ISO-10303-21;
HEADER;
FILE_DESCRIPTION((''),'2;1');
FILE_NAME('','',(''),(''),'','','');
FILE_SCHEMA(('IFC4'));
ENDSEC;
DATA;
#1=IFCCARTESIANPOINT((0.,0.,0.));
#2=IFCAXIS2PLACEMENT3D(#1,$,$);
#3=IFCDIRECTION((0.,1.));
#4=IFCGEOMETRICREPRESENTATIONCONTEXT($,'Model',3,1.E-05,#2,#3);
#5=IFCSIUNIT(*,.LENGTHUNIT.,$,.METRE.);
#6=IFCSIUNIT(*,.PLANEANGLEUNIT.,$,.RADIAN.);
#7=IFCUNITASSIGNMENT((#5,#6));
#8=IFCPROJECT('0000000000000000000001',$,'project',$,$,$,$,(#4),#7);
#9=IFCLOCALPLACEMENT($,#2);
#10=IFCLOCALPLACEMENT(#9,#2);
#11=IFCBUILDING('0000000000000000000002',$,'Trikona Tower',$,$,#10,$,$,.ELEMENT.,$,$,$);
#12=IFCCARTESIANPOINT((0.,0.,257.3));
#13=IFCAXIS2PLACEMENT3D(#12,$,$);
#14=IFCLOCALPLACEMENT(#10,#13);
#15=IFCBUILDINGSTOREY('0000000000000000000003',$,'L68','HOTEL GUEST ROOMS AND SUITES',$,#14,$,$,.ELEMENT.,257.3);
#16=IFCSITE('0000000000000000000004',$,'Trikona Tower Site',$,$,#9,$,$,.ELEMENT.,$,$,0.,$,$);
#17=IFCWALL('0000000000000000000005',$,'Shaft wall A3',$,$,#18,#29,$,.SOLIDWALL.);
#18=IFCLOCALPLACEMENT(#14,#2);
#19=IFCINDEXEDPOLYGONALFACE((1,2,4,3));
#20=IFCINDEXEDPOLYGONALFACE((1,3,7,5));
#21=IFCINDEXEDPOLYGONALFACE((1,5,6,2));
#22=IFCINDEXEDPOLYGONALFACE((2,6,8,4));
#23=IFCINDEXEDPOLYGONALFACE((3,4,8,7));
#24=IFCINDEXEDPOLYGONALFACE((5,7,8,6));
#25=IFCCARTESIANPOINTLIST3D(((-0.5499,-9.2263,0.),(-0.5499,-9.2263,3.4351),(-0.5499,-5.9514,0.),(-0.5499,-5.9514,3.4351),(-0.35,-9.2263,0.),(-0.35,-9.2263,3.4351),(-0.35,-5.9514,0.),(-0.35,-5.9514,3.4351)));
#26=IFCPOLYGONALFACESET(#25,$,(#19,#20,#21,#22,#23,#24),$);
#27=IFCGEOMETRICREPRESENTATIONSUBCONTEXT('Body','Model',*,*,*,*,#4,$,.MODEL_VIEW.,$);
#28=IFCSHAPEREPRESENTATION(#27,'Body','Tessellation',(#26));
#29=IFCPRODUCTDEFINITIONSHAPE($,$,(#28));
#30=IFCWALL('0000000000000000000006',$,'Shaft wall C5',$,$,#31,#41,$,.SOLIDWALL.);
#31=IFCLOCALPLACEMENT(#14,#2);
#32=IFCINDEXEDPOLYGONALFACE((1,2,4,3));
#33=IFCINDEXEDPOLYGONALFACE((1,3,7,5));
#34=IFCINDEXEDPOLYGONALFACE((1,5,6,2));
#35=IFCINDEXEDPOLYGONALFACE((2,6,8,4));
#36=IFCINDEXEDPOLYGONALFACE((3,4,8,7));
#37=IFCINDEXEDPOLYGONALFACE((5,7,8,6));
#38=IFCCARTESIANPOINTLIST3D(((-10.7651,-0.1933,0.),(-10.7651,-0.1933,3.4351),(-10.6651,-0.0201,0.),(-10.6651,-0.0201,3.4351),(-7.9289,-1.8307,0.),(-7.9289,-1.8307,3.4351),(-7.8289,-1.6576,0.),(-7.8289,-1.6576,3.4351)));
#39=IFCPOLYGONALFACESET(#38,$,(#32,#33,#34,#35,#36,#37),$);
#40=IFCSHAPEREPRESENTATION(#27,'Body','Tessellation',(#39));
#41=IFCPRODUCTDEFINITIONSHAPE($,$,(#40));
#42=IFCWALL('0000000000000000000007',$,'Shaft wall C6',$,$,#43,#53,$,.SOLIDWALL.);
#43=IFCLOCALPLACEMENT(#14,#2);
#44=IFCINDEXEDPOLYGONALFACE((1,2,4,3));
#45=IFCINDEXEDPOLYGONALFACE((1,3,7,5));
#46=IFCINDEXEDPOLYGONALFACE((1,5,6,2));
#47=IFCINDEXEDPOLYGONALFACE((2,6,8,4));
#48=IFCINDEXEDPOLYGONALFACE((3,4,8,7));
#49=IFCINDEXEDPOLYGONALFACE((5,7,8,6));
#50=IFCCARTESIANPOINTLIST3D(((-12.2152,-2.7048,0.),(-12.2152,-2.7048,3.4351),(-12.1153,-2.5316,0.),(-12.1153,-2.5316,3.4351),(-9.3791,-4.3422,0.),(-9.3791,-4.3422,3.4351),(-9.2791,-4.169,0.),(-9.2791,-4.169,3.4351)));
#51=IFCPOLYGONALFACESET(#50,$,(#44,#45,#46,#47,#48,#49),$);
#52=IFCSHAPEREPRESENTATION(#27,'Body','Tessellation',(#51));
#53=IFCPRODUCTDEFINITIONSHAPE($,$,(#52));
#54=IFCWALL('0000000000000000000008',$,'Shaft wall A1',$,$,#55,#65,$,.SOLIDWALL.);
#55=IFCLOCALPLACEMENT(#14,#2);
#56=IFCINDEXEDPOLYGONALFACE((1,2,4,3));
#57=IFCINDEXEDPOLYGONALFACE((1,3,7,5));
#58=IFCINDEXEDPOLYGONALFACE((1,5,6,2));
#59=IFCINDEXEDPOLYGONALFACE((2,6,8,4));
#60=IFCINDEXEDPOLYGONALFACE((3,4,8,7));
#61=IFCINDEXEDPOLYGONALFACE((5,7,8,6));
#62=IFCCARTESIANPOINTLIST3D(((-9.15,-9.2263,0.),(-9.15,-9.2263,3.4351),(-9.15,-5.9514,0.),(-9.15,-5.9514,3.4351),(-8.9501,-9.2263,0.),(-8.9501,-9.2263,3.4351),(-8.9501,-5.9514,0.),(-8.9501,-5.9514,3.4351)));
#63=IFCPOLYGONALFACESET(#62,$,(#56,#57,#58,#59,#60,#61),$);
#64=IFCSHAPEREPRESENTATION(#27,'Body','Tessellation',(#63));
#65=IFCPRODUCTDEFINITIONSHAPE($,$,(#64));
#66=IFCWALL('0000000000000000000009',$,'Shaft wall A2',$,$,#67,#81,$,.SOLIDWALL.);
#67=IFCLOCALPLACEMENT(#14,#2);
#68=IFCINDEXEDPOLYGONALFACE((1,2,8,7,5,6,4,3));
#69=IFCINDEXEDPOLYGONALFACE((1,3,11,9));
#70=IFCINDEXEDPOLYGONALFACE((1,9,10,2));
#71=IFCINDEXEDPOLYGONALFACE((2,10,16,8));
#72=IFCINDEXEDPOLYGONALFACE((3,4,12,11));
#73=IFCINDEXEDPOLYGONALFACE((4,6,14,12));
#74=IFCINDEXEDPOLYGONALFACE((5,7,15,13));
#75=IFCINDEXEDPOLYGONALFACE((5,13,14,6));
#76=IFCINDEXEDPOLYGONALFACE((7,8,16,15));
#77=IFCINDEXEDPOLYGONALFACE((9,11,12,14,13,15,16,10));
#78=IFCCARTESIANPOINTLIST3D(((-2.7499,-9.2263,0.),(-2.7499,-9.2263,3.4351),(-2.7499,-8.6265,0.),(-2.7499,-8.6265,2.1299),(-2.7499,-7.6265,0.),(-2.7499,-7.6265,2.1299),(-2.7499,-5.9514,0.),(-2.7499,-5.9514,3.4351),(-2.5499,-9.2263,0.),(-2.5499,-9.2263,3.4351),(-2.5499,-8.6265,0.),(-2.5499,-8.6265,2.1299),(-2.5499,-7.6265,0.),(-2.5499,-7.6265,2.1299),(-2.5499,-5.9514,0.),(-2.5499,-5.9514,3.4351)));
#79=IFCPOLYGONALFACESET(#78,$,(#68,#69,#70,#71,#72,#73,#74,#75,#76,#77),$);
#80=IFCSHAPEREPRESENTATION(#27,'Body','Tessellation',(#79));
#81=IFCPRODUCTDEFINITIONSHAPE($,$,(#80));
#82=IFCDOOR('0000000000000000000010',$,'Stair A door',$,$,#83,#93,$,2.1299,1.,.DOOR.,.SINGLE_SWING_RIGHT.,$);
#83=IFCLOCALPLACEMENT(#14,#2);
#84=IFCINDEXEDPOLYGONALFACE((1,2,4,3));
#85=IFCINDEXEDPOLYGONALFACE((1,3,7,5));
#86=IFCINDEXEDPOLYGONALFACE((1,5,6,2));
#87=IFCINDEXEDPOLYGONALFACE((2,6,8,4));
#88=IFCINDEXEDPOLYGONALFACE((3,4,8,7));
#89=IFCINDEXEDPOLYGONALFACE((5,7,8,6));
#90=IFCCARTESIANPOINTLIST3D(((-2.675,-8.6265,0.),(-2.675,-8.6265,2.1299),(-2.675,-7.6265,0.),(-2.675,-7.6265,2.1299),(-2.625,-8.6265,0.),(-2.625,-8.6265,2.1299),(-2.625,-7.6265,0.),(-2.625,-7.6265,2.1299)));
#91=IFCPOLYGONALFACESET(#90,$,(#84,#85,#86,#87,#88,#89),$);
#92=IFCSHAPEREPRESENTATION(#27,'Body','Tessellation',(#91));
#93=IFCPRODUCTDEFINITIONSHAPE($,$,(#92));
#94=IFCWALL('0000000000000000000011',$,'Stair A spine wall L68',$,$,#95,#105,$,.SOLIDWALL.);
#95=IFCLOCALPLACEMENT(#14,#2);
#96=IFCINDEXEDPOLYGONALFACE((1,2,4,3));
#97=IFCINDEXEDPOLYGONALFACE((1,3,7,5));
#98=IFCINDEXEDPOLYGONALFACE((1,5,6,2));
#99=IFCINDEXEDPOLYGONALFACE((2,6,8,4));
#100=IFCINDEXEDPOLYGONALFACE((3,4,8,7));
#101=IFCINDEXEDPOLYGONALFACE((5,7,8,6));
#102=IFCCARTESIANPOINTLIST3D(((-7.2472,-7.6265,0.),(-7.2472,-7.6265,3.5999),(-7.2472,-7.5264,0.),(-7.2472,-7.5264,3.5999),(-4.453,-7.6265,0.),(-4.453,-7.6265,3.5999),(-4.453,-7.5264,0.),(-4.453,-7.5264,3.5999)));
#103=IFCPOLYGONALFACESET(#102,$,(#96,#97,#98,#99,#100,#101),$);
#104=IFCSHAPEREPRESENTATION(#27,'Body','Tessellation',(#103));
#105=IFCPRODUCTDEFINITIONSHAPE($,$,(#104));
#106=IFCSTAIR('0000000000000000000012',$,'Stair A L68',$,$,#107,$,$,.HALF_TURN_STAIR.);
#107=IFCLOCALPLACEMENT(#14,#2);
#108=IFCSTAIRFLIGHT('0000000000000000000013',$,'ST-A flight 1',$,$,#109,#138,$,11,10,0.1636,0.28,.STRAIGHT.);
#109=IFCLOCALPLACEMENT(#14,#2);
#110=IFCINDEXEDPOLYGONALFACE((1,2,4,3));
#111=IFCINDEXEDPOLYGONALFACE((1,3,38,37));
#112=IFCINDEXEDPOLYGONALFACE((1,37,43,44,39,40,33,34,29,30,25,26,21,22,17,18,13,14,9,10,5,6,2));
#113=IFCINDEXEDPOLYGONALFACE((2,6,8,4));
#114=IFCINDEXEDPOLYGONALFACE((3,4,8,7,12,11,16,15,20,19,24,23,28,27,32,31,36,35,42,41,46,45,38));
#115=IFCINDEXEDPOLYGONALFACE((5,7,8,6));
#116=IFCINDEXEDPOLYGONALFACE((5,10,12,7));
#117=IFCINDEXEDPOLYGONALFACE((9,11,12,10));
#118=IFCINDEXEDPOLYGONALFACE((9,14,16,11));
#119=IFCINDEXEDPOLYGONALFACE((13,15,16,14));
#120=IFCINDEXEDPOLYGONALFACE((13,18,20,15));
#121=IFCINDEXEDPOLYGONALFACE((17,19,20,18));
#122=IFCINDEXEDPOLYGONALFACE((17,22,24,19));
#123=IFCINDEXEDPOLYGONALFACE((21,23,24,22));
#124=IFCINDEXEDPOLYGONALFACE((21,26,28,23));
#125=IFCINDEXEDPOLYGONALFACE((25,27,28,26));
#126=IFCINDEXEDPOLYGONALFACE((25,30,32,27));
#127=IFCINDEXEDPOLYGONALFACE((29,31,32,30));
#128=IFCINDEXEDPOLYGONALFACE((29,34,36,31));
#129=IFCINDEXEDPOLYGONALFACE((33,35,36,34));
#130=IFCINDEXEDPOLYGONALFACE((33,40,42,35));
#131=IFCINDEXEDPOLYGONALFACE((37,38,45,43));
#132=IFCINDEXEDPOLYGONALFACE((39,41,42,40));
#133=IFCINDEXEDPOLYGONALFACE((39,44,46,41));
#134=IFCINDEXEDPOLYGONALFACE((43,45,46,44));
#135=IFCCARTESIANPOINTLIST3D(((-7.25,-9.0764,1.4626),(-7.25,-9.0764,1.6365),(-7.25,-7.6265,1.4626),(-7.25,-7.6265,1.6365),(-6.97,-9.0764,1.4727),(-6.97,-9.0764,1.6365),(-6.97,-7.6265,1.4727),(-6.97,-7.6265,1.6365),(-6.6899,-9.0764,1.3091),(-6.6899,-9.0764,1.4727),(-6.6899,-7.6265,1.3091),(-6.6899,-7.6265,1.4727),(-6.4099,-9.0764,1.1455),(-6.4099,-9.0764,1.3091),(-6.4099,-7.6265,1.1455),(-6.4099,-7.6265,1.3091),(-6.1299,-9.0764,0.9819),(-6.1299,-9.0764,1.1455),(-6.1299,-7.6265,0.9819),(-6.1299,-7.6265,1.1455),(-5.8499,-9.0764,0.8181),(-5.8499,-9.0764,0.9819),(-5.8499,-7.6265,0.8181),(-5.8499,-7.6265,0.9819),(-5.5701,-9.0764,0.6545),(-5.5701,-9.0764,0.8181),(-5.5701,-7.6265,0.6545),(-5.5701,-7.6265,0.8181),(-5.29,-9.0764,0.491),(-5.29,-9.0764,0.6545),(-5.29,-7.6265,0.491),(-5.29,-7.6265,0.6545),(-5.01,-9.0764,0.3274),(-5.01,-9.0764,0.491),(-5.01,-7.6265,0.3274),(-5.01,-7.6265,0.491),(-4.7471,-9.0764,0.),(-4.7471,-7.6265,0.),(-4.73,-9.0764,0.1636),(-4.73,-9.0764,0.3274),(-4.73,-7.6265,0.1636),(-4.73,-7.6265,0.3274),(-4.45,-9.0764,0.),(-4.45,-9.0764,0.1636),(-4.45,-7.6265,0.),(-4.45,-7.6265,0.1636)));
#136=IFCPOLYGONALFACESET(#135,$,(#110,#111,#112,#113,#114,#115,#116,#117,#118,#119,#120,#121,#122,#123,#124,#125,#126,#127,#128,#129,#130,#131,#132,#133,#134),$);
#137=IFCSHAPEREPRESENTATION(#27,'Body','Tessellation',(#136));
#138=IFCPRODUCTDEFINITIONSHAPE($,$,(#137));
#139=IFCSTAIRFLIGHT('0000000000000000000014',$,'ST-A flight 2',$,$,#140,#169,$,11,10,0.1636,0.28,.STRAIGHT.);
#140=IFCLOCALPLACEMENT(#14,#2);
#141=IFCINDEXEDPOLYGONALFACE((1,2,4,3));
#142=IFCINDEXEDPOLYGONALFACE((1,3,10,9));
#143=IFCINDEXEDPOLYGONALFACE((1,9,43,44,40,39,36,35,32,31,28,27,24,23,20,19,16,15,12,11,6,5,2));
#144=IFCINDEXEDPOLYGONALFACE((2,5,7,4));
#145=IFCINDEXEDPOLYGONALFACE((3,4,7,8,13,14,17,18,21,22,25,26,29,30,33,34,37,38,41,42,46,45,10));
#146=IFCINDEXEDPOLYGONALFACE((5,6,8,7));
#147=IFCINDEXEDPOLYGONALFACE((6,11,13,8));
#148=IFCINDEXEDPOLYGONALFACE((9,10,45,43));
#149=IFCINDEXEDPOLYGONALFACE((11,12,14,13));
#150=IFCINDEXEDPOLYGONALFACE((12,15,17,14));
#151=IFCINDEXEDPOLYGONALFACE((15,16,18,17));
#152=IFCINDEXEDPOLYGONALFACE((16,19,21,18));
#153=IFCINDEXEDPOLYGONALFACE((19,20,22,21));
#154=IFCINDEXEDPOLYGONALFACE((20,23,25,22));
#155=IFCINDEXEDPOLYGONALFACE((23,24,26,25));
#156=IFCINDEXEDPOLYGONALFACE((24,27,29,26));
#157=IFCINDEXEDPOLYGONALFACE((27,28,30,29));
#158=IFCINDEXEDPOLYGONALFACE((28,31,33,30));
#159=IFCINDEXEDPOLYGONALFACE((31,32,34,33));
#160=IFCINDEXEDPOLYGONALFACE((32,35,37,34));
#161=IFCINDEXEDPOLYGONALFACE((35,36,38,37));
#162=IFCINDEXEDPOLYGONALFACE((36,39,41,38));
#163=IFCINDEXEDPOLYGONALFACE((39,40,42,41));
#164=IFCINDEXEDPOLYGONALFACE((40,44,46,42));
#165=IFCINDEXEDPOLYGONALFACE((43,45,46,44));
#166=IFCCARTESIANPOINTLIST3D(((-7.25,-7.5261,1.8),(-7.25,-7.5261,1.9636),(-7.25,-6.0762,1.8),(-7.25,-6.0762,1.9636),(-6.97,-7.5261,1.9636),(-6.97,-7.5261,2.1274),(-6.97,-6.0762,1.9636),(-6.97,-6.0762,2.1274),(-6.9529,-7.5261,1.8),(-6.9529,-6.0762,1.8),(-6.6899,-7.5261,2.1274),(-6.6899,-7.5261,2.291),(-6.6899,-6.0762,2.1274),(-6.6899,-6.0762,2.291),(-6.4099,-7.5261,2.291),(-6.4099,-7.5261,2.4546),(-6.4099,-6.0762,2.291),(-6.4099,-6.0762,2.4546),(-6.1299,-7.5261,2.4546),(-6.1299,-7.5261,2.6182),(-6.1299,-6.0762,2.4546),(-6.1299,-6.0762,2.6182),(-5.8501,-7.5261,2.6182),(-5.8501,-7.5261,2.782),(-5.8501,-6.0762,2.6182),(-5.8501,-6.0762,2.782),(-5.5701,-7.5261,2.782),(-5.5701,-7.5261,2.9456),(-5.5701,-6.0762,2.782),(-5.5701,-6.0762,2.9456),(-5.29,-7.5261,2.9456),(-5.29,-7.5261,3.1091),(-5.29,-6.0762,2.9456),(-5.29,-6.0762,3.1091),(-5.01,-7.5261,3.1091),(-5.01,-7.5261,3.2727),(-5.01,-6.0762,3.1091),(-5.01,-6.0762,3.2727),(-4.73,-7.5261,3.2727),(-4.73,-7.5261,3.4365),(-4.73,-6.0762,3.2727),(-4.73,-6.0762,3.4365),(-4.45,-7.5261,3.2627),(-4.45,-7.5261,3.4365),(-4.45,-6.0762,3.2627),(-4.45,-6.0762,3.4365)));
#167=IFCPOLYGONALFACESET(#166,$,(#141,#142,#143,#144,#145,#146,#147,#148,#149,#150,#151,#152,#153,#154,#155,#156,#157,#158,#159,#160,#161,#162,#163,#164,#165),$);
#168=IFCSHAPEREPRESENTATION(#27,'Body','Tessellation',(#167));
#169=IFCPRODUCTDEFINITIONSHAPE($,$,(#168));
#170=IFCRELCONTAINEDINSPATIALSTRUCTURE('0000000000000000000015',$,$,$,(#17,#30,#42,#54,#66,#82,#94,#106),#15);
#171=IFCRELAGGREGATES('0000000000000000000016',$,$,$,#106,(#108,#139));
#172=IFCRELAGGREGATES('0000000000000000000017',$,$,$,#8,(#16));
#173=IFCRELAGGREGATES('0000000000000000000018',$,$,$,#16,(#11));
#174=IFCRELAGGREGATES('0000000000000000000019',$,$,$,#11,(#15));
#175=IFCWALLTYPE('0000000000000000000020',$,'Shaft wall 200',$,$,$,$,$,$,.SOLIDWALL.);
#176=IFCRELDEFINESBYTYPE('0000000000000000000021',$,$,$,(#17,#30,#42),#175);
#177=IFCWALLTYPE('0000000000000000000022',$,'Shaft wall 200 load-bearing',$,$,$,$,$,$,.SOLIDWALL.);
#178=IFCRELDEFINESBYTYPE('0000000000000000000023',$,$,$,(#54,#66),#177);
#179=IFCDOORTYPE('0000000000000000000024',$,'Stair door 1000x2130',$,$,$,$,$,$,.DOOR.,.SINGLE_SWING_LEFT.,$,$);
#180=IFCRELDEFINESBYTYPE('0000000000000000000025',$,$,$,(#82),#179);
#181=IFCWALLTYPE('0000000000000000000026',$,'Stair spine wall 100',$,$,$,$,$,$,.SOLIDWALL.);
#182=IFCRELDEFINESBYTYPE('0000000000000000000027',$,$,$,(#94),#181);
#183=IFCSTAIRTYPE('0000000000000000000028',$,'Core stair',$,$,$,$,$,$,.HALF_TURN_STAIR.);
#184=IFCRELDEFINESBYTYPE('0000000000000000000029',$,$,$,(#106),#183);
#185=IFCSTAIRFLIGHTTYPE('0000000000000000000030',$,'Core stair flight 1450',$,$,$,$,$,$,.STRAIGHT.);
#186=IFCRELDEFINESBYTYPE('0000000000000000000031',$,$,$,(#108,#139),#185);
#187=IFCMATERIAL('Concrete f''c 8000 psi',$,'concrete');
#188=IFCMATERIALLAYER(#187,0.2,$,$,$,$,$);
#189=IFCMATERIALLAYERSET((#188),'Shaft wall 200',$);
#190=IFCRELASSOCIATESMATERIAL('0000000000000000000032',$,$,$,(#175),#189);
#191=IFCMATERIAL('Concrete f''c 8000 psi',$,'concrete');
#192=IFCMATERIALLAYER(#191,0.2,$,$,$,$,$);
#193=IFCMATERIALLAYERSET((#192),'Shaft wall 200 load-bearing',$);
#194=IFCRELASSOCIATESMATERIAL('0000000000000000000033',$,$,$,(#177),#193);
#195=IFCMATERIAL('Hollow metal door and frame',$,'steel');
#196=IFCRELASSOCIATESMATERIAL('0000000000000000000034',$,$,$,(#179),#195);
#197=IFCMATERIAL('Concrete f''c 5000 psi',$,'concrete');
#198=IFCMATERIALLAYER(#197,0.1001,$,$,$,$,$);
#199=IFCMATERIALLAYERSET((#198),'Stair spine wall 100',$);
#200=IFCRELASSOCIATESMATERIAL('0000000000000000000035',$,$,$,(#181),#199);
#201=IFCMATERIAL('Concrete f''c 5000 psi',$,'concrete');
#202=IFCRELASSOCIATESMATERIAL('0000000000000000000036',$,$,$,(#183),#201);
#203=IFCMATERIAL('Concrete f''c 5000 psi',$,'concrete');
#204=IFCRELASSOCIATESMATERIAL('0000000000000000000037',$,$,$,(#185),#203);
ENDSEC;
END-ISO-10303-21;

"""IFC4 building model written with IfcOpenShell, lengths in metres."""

from ifc_helpers import new_model, si_unit, direction, frame, frame_2d, origin, place, context, subcontext, project, spatial, polyline, rectangle, outline, extrude, material, layer, layer_set, type_object, element, fill, aggregate, save


model = new_model("IFC4")

# Units and contexts
model_context = context("Model", 3, precision=1e-05, world=origin(), true_north=direction((0.0, 1.0)))
body_context = subcontext(model_context, "Body", "Model", "MODEL_VIEW")
ifc_project = project(units=[si_unit("LENGTHUNIT", "METRE"), si_unit("PLANEANGLEUNIT", "RADIAN")], contexts=[model_context])

# Site, building, storey
site_placement = place(None, origin())
site = spatial("IfcSite", under=ifc_project, at=site_placement, Name="Trikona Tower Site", CompositionType="ELEMENT", RefElevation=0.0)
building_placement = place(site_placement, origin())
building = spatial("IfcBuilding", under=site, at=building_placement, Name="Trikona Tower", CompositionType="ELEMENT")
storey_placement = place(building_placement, frame((0.0, 0.0, 257.3)))
storey = spatial("IfcBuildingStorey", under=building, at=storey_placement, Name="L68", Description="HOTEL GUEST ROOMS AND SUITES", CompositionType="ELEMENT", Elevation=257.3)

# Walls
ifc_material_1 = material(Name="Concrete f'c 8000 psi", Category="concrete")
ifc_layer_1 = layer(ifc_material_1, 0.2)
ifc_layer_set_1 = layer_set([ifc_layer_1], Name="Shaft wall 200")
wall_type_1 = type_object("IfcWallType", Name="Shaft wall 200", PredefinedType="SOLIDWALL", material=ifc_layer_set_1)
for number, where, z_axis, x_axis, name in (
    (1, (-0.45, -5.9514, 0.0), (0.0, 0.0, 1.0), (0.0, -1.0, 0.0), "Shaft wall A3"),
    (2, (-7.8789, -1.7441, 0.0), (0.0, 0.0, 1.0), (-0.866028, 0.499996, 0.0), "Shaft wall C5"),
    (3, (-9.3291, -4.2556, 0.0), (0.0, 0.0, 1.0), (-0.866028, 0.499996, 0.0), "Shaft wall C6"),
):
    element("IfcWall", number, at=place(storey_placement, frame(where, z_axis=z_axis, x_axis=x_axis)), inside=storey, type_object=wall_type_1, Name=name, PredefinedType="SOLIDWALL", context=body_context, shape_type="SweptSolid", body=[
        extrude(rectangle(XDim=3.2749, YDim=0.2, at=frame_2d((1.6375, 0.0))), origin(), (0.0, 0.0, 1.0), 3.4351),
    ])
ifc_material_2 = material(Name="Concrete f'c 8000 psi", Category="concrete")
ifc_layer_2 = layer(ifc_material_2, 0.2)
ifc_layer_set_2 = layer_set([ifc_layer_2], Name="Shaft wall 200 load-bearing")
wall_type_2 = type_object("IfcWallType", Name="Shaft wall 200 load-bearing", PredefinedType="SOLIDWALL", material=ifc_layer_set_2)
wall_1_placement = place(storey_placement, frame((-9.05, -5.9514, 0.0), z_axis=(0.0, 0.0, 1.0), x_axis=(0.0, -1.0, 0.0)))
element("IfcWall", 4, at=wall_1_placement, inside=storey, type_object=wall_type_2, Name="Shaft wall A1", PredefinedType="SOLIDWALL", context=body_context, shape_type="SweptSolid", body=[
    extrude(rectangle(XDim=3.2749, YDim=0.2, at=frame_2d((1.6375, 0.0))), origin(), (0.0, 0.0, 1.0), 3.4351),
])

# Wall, opening, door
wall_2_placement = place(storey_placement, frame((-2.6499, -5.9514, 0.0), z_axis=(0.0, 0.0, 1.0), x_axis=(0.0, -1.0, 0.0)))
wall_2 = element("IfcWall", 5, at=wall_2_placement, inside=storey, type_object=wall_type_2, Name="Shaft wall A2", PredefinedType="SOLIDWALL", context=body_context, shape_type="SweptSolid", body=[
    extrude(rectangle(XDim=3.2749, YDim=0.2, at=frame_2d((1.6375, 0.0))), origin(), (0.0, 0.0, 1.0), 3.4351),
])
opening_1_placement = place(wall_2_placement, frame((1.675, 0.0, 0.0)))
opening_1 = element("IfcOpeningElement", 6, at=opening_1_placement, cuts=wall_2, PredefinedType="OPENING", context=body_context, shape_type="SweptSolid", body=[
    extrude(rectangle(XDim=1.0, YDim=2.1299, at=frame_2d((0.5, 1.0649))), frame((0.0, 0.1099, 0.0), z_axis=(0.0, -1.0, 0.0), x_axis=(1.0, 0.0, 0.0)), (0.0, 0.0, 1.0), 0.22),
])
ifc_material_3 = material(Name="Hollow metal door and frame", Category="steel")
door_type_1 = type_object("IfcDoorType", Name="Stair door 1000x2130", OperationType="SINGLE_SWING_LEFT", PredefinedType="DOOR", material=ifc_material_3)
door_1_placement = place(opening_1_placement, origin())
door_1 = element("IfcDoor", 7, at=door_1_placement, inside=storey, type_object=door_type_1, Name="Stair A door", OperationType="SINGLE_SWING_RIGHT", OverallHeight=2.1299, OverallWidth=1.0, PredefinedType="DOOR", context=body_context, shape_type="SweptSolid", body=[
    extrude(rectangle(XDim=1.0, YDim=2.1299, at=frame_2d((0.5, 1.0649))), frame((0.0, 0.0249, 0.0), z_axis=(0.0, -1.0, 0.0), x_axis=(1.0, 0.0, 0.0)), (0.0, 0.0, 1.0), 0.05),
])
fill(opening_1, door_1)

# Wall
ifc_material_4 = material(Name="Concrete f'c 5000 psi", Category="concrete")
ifc_layer_3 = layer(ifc_material_4, 0.1001)
ifc_layer_set_3 = layer_set([ifc_layer_3], Name="Stair spine wall 100")
wall_type_3 = type_object("IfcWallType", Name="Stair spine wall 100", PredefinedType="SOLIDWALL", material=ifc_layer_set_3)
wall_3_placement = place(storey_placement, frame((-7.2471, -7.5764, 0.0), z_axis=(0.0, 0.0, 1.0), x_axis=(1.0, 0.0, 0.0)))
element("IfcWall", 8, at=wall_3_placement, inside=storey, type_object=wall_type_3, Name="Stair A spine wall L68", PredefinedType="SOLIDWALL", context=body_context, shape_type="SweptSolid", body=[
    extrude(rectangle(XDim=2.7942, YDim=0.1001, at=frame_2d((1.397, 0.0))), origin(), (0.0, 0.0, 1.0), 3.5999),
])

# Stair, stair flights
ifc_material_5 = material(Name="Concrete f'c 5000 psi", Category="concrete")
stair_type = type_object("IfcStairType", Name="Core stair", PredefinedType="HALF_TURN_STAIR", material=ifc_material_5)
stair_placement = place(storey_placement, origin())
stair = element("IfcStair", 9, at=stair_placement, inside=storey, type_object=stair_type, Name="Stair A L68", PredefinedType="HALF_TURN_STAIR")
ifc_material_6 = material(Name="Concrete f'c 5000 psi", Category="concrete")
stair_flight_type = type_object("IfcStairFlightType", Name="Core stair flight 1450", PredefinedType="STRAIGHT", material=ifc_material_6)
stair_flight_1_placement = place(storey_placement, frame((-4.45, -8.3513, 0.0), z_axis=(0.0, 0.0, 1.0), x_axis=(-1.0, 0.0, 0.0)))
stair_flight_1 = element("IfcStairFlight", 10, at=stair_flight_1_placement, type_object=stair_flight_type, Name="ST-A flight 1", NumberOfRisers=11, NumberOfTreads=10, PredefinedType="STRAIGHT", RiserHeight=0.1636, TreadLength=0.28, context=body_context, shape_type="SweptSolid", body=[
    extrude(outline(polyline([(0.0, 0.0), (0.0, 0.1636), (0.28, 0.1636), (0.28, 0.3274), (0.5601, 0.3274), (0.5601, 0.491), (0.8401, 0.491), (0.8401, 0.6545), (1.1201, 0.6545), (1.1201, 0.8181), (1.3999, 0.8181), (1.3999, 0.9819), (1.6799, 0.9819), (1.6799, 1.1455), (1.96, 1.1455), (1.96, 1.3091), (2.24, 1.3091), (2.24, 1.4727), (2.52, 1.4727), (2.52, 1.6365), (2.8, 1.6365), (2.8, 1.8), (2.8, 1.4626), (0.2971, 0.0), (0.0, 0.0)])), frame((0.0, 0.7251, 0.0), z_axis=(0.0, -1.0, 0.0), x_axis=(1.0, 0.0, 0.0)), (0.0, 0.0, 1.0), 1.45),
])
stair_flight_2_placement = place(storey_placement, frame((-7.25, -6.8013, 1.8), z_axis=(0.0, 0.0, 1.0), x_axis=(1.0, 0.0, 0.0)))
stair_flight_2 = element("IfcStairFlight", 11, at=stair_flight_2_placement, type_object=stair_flight_type, Name="ST-A flight 2", NumberOfRisers=11, NumberOfTreads=10, PredefinedType="STRAIGHT", RiserHeight=0.1636, TreadLength=0.28, context=body_context, shape_type="SweptSolid", body=[
    extrude(outline(polyline([(0.0, 0.0), (0.0, 0.1636), (0.28, 0.1636), (0.28, 0.3274), (0.5601, 0.3274), (0.5601, 0.491), (0.8401, 0.491), (0.8401, 0.6545), (1.1201, 0.6545), (1.1201, 0.8181), (1.3999, 0.8181), (1.3999, 0.9819), (1.6799, 0.9819), (1.6799, 1.1455), (1.96, 1.1455), (1.96, 1.3091), (2.24, 1.3091), (2.24, 1.4727), (2.52, 1.4727), (2.52, 1.6365), (2.8, 1.6365), (2.8, 1.8), (2.8, 1.4626), (0.2971, 0.0), (0.0, 0.0)])), frame((0.0, 0.7251, 0.0), z_axis=(0.0, -1.0, 0.0), x_axis=(1.0, 0.0, 0.0)), (0.0, 0.0, 1.0), 1.45),
])
aggregate(stair, [stair_flight_1, stair_flight_2])

save(model, "model.ifc")
